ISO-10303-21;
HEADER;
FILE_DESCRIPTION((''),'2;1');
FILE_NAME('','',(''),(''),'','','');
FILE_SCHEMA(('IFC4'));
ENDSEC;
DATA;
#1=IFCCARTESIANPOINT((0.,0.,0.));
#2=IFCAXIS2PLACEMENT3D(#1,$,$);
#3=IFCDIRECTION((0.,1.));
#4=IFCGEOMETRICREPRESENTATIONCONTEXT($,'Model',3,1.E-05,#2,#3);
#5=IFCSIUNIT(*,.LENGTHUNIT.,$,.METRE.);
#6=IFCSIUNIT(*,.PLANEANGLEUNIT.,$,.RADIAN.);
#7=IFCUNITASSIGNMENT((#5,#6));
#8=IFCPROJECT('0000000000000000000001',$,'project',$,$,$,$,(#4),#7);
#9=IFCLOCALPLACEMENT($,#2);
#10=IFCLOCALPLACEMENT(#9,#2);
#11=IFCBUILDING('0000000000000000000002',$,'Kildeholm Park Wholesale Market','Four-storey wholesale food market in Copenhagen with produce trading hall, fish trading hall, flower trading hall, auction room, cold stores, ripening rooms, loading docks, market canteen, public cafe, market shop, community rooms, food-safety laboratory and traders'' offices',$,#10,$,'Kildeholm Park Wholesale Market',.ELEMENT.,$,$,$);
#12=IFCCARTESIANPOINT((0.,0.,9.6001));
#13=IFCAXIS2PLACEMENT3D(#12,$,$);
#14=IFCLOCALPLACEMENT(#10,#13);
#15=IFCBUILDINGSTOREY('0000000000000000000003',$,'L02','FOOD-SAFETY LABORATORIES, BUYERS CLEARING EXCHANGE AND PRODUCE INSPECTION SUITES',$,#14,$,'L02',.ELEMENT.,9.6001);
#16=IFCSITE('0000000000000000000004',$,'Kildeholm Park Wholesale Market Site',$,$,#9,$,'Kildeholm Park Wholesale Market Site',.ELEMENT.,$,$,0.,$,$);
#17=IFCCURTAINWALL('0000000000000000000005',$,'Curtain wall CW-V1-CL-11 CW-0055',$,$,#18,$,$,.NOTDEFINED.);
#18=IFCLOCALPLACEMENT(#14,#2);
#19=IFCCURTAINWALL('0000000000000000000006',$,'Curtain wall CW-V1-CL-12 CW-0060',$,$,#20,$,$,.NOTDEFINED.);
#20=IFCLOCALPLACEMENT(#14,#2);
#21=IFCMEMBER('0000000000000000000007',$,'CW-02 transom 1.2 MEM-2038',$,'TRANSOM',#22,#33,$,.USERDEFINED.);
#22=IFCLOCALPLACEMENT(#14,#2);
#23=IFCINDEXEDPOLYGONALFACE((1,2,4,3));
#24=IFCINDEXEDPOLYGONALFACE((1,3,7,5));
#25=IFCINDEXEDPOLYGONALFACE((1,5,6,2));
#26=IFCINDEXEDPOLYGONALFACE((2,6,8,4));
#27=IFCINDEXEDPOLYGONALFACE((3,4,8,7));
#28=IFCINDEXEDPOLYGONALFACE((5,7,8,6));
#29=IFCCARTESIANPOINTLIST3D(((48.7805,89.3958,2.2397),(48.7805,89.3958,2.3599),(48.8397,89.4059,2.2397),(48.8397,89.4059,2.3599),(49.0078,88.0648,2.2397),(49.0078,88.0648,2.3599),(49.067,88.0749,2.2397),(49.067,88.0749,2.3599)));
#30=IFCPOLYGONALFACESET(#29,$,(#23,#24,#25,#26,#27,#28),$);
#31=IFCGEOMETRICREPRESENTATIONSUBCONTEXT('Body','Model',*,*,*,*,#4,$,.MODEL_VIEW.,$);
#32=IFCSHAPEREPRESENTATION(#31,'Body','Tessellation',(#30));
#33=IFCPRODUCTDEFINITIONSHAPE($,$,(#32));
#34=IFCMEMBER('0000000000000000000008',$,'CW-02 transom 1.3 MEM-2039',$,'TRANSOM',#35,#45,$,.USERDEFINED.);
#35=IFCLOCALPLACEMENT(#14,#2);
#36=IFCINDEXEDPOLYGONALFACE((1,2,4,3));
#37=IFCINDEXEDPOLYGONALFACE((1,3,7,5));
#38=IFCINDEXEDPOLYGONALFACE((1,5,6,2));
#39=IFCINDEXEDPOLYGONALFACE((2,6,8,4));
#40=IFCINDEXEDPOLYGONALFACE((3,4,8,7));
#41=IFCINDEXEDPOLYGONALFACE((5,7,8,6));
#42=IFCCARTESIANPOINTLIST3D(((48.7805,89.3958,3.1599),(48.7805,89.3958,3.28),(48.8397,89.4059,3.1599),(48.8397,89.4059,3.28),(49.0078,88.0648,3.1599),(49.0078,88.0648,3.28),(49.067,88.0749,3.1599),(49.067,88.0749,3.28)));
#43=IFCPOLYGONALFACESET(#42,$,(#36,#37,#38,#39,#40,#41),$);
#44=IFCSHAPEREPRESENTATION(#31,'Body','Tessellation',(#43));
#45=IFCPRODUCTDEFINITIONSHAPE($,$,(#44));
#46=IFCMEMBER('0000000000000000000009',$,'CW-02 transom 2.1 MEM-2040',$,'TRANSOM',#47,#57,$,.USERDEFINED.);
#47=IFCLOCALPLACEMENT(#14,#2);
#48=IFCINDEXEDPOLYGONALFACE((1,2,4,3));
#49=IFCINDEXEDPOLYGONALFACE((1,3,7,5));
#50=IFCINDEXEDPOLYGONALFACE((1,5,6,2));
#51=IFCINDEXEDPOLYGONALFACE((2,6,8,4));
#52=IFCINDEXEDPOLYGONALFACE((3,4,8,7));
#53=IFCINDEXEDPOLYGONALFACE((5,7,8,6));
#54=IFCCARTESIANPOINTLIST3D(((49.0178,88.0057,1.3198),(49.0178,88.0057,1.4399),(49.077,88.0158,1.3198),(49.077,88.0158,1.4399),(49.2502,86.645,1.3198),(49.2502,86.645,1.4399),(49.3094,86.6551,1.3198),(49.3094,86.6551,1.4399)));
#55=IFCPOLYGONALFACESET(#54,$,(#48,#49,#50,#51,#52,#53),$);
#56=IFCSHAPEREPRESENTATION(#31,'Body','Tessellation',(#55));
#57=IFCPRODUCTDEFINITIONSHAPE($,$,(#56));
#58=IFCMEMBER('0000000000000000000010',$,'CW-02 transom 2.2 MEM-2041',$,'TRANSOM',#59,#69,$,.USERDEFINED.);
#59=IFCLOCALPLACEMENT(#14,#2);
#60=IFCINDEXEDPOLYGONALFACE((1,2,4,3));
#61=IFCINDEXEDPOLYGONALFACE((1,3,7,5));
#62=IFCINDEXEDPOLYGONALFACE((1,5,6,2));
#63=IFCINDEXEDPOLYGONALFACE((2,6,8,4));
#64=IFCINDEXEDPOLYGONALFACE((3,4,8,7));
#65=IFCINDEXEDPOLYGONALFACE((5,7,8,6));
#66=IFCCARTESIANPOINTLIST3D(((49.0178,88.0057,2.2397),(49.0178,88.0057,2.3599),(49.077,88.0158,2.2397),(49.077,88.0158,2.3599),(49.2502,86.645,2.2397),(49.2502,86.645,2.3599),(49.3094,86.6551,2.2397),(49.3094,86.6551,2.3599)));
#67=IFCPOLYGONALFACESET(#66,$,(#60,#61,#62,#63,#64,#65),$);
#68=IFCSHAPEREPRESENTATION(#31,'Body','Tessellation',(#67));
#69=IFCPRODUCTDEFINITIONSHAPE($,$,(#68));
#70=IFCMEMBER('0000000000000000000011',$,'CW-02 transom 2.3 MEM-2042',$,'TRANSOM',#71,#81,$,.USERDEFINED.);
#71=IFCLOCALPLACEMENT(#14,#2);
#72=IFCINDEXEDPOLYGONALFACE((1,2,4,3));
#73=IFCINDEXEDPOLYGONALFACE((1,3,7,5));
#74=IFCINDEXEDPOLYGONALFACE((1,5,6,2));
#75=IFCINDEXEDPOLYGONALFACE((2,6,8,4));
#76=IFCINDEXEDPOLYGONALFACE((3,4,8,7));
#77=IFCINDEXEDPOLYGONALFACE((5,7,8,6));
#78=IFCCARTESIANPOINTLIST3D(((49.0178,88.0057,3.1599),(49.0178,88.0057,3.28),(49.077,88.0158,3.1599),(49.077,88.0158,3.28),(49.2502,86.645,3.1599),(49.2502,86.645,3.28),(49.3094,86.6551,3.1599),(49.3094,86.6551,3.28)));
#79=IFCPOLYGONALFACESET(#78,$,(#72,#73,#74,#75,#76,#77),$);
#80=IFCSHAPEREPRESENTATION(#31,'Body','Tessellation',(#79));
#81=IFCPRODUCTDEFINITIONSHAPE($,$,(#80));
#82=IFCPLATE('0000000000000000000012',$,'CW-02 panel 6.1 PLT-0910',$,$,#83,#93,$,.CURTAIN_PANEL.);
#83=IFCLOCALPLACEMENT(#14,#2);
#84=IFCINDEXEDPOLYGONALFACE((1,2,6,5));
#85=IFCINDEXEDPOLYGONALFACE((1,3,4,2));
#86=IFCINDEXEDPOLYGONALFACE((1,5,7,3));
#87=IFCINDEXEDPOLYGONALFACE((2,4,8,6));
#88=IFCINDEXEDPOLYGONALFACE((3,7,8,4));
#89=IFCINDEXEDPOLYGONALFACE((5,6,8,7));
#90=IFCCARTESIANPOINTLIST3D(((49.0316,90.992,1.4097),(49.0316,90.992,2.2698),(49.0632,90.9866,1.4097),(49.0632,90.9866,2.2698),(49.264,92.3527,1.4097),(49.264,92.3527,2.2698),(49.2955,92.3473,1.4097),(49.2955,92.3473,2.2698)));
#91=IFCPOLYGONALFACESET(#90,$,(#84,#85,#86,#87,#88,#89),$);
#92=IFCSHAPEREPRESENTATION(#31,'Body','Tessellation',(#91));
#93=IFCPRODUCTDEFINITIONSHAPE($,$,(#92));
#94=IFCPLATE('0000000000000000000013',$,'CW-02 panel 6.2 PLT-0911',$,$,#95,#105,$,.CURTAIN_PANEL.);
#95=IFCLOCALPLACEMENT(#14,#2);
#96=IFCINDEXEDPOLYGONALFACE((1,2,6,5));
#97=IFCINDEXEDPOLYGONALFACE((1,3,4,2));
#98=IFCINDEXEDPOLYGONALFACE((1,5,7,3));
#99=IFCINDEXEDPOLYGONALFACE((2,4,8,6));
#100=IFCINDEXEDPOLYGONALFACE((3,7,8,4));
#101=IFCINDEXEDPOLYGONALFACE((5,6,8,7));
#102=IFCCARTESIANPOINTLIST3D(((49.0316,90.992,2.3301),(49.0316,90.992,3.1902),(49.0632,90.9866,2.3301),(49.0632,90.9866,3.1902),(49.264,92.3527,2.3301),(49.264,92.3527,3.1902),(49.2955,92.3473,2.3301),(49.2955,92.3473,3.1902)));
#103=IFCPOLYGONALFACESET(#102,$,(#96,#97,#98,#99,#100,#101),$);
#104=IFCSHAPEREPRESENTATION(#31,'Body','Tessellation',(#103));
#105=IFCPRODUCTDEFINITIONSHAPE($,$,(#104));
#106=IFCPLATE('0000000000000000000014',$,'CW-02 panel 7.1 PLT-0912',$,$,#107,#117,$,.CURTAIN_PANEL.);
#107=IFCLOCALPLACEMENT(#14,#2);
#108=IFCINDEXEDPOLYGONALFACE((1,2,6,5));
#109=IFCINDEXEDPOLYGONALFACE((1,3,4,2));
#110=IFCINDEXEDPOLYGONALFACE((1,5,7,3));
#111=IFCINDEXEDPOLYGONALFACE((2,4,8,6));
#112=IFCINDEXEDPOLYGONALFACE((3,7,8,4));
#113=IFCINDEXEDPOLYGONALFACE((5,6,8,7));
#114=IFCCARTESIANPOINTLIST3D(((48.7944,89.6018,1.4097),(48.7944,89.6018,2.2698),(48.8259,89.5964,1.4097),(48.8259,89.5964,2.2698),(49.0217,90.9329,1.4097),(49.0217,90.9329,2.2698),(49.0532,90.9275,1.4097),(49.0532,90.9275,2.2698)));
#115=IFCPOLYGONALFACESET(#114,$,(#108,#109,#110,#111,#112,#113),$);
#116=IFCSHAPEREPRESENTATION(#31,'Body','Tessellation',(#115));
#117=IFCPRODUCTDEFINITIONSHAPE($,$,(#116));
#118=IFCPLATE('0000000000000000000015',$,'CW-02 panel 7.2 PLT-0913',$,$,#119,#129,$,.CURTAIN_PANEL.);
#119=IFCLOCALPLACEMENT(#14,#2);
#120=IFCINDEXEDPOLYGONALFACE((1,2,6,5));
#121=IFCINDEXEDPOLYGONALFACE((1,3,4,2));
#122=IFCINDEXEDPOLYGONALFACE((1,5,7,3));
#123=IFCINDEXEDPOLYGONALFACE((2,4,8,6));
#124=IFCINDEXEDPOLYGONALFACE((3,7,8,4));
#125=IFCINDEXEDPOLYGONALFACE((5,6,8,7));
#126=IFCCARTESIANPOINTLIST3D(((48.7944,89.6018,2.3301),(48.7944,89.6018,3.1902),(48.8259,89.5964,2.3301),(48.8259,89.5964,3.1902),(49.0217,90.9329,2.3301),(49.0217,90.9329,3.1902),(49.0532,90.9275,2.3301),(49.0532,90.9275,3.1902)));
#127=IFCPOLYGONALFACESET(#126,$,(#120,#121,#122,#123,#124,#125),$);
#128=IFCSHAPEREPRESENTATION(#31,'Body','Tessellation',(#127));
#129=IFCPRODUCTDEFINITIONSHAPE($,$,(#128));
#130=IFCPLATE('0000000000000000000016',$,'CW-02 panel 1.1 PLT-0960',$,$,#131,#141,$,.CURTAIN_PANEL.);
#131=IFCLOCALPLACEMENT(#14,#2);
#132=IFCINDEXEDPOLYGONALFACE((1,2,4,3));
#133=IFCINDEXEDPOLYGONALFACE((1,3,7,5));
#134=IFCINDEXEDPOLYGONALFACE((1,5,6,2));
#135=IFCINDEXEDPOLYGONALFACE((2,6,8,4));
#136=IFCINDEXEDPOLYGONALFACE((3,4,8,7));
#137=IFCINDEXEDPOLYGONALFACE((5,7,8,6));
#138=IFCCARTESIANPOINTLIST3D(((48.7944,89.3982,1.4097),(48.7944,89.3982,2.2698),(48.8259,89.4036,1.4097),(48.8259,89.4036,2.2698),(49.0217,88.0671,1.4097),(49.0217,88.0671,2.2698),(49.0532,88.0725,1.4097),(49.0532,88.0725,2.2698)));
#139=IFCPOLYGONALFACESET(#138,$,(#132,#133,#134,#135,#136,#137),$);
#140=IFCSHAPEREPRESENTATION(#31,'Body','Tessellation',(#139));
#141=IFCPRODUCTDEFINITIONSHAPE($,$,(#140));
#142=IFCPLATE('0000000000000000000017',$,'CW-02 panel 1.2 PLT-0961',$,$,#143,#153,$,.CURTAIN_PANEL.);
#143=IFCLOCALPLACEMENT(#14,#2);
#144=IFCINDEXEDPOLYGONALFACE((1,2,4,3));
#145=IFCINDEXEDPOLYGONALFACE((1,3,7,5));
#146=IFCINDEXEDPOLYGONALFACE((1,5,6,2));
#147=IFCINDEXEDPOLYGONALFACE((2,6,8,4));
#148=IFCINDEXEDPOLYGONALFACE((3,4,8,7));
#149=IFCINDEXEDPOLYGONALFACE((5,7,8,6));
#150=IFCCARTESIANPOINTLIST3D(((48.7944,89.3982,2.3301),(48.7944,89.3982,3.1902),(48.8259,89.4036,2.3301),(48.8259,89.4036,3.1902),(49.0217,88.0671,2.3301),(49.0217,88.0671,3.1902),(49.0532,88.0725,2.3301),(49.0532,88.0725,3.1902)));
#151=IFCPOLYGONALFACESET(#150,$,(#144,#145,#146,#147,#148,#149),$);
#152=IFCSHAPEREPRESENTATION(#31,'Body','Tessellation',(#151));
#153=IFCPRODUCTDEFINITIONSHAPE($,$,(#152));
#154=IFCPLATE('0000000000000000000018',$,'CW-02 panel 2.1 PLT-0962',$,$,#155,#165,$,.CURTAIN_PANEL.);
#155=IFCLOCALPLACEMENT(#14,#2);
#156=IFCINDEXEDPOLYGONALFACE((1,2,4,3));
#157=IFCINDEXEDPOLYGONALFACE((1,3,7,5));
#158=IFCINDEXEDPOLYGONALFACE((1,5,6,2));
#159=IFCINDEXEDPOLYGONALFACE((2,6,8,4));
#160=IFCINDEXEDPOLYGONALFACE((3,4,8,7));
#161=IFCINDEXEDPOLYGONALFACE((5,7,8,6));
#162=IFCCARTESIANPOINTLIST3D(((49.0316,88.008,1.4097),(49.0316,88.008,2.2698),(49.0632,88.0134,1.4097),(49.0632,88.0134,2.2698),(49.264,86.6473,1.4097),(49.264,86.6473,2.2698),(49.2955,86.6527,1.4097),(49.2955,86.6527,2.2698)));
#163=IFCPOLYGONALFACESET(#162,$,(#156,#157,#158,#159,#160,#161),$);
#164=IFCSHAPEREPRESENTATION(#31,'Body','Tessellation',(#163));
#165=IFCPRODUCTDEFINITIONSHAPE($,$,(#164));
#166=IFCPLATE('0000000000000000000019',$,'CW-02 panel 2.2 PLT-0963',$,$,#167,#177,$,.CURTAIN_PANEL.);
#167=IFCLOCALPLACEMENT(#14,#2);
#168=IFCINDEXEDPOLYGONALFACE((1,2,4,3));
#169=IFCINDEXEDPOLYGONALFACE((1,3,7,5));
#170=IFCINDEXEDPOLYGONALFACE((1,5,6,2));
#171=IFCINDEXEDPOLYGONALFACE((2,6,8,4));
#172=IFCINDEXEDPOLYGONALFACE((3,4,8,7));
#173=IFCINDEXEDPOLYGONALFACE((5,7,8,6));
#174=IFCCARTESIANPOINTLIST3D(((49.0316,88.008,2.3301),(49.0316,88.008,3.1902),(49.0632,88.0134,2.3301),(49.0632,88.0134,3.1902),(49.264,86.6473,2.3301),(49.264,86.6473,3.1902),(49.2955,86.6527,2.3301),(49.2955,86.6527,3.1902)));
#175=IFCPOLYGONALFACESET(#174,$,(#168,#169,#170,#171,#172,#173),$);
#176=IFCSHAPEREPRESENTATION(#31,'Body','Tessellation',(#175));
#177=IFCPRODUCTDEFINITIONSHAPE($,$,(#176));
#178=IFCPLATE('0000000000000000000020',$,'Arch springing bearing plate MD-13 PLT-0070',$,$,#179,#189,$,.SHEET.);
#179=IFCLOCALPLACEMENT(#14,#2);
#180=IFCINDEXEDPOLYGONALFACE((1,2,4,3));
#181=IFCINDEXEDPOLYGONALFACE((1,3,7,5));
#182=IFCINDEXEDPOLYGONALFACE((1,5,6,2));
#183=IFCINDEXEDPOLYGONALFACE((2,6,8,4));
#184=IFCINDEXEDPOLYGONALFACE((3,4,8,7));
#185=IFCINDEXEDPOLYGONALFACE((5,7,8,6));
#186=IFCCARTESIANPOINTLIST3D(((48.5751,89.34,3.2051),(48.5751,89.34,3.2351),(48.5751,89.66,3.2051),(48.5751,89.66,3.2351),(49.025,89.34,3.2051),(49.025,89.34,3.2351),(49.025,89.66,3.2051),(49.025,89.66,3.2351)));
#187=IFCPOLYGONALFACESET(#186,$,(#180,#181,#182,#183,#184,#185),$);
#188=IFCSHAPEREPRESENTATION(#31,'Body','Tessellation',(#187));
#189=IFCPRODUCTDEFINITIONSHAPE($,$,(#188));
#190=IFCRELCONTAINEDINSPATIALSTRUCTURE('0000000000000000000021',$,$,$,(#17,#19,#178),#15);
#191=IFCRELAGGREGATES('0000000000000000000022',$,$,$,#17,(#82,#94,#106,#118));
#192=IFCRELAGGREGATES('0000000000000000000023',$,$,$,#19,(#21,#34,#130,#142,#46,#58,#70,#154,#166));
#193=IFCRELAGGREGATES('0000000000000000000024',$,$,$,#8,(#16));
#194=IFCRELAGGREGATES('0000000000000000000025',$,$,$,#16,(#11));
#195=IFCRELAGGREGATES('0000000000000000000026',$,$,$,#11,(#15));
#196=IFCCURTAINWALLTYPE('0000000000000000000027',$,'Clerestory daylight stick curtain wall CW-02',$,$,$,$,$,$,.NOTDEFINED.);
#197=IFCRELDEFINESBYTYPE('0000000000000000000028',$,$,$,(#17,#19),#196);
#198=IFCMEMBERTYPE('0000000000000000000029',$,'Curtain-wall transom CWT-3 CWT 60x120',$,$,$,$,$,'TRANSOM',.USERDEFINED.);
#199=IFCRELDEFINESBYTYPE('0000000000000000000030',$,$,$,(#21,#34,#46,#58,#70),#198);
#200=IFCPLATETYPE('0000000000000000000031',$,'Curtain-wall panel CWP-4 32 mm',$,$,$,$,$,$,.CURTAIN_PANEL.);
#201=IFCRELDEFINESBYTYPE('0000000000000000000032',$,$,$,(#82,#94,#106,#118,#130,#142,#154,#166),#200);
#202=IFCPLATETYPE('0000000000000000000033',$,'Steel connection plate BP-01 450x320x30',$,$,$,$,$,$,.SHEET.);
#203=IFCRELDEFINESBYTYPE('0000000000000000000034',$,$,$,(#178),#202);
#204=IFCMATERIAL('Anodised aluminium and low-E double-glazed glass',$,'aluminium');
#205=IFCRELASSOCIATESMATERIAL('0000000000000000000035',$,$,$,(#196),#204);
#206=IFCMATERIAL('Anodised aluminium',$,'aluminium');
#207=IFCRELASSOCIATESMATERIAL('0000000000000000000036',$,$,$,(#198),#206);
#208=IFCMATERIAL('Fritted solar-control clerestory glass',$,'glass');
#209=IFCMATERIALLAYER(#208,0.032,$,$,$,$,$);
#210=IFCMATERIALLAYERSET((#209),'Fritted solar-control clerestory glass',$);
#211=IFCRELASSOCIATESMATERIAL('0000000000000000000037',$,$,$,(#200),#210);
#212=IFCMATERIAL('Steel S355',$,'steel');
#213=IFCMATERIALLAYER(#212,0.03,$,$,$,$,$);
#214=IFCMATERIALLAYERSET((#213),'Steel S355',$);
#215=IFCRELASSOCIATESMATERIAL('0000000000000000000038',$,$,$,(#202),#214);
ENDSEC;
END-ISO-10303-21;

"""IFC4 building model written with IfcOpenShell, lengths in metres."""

from ifc_helpers import new_model, si_unit, direction, frame, origin, origin_2d, place, context, subcontext, project, spatial, rectangle, extrude, material, layer, layer_set, material_profile, profile_set, type_object, element, aggregate, save


model = new_model("IFC4")

# Units and contexts
model_context = context("Model", 3, precision=1e-05, world=origin(), true_north=direction((0.0, 1.0)))
body_context = subcontext(model_context, "Body", "Model", "MODEL_VIEW")
ifc_project = project(units=[si_unit("LENGTHUNIT", "METRE"), si_unit("PLANEANGLEUNIT", "RADIAN")], contexts=[model_context])

# Site, building, storey
site_placement = place(None, origin())
site = spatial("IfcSite", under=ifc_project, at=site_placement, Name="Kildeholm Park Wholesale Market Site", LongName="Kildeholm Park Wholesale Market Site", CompositionType="ELEMENT", RefElevation=0.0)
building_placement = place(site_placement, origin())
building = spatial("IfcBuilding", under=site, at=building_placement, Name="Kildeholm Park Wholesale Market", Description="Four-storey wholesale food market in Copenhagen with produce trading hall, fish trading hall, flower trading hall, auction room, cold stores, ripening rooms, loading docks, market canteen, public cafe, market shop, community rooms, food-safety laboratory and traders' offices", LongName="Kildeholm Park Wholesale Market", CompositionType="ELEMENT")
storey_placement = place(building_placement, frame((0.0, 0.0, 9.6001)))
storey = spatial("IfcBuildingStorey", under=building, at=storey_placement, Name="L02", Description="FOOD-SAFETY LABORATORIES, BUYERS CLEARING EXCHANGE AND PRODUCE INSPECTION SUITES", LongName="L02", CompositionType="ELEMENT", Elevation=9.6001)

# Shared definitions
ifc_material_1 = material(Name="Steel S355", Category="steel")

# Curtain walls
ifc_material_2 = material(Name="Anodised aluminium and low-E double-glazed glass", Category="aluminium")
curtain_wall_type = type_object("IfcCurtainWallType", Name="Clerestory daylight stick curtain wall CW-02", PredefinedType="NOTDEFINED", material=ifc_material_2)
curtain_wall_1_placement = place(storey_placement, origin())
curtain_wall_1 = element("IfcCurtainWall", 1, at=curtain_wall_1_placement, inside=storey, type_object=curtain_wall_type, Name="Curtain wall CW-V1-CL-11 CW-0055", PredefinedType="NOTDEFINED")
ifc_material_3 = material(Name="Anodised aluminium", Category="aluminium")
curtain_wall_2_placement = place(storey_placement, origin())
curtain_wall_2 = element("IfcCurtainWall", 2, at=curtain_wall_2_placement, inside=storey, type_object=curtain_wall_type, Name="Curtain wall CW-V1-CL-12 CW-0060", PredefinedType="NOTDEFINED")

# Members
ifc_material_profile_1 = material_profile(ifc_material_3, rectangle(XDim=0.0601, YDim=0.1201, at=origin_2d()), Name="CWT 60x120")
ifc_profile_set_1 = profile_set([ifc_material_profile_1], Name="Anodised aluminium")
member_type_1 = type_object("IfcMemberType", Name="Curtain-wall transom CWT-3 CWT 60x120", ElementType="TRANSOM", PredefinedType="USERDEFINED", material=ifc_profile_set_1)
member_1_placement = place(storey_placement, frame((48.8101, 89.4009, 2.2998), z_axis=(0.168326, -0.985731, 0.0), x_axis=(0.985731, 0.168326, 0.0)))
member_1 = element("IfcMember", 3, at=member_1_placement, type_object=member_type_1, Name="CW-02 transom 1.2 MEM-2038", ObjectType="TRANSOM", PredefinedType="USERDEFINED", context=body_context, shape_type="SweptSolid", body=[
    extrude(rectangle(XDim=0.0601, YDim=0.1201, at=origin_2d()), origin(), (0.0, 0.0, 1.0), 1.3503),
])
member_2_placement = place(storey_placement, frame((48.8101, 89.4009, 3.22), z_axis=(0.168326, -0.985731, 0.0), x_axis=(0.985731, 0.168326, 0.0)))
member_2 = element("IfcMember", 4, at=member_2_placement, type_object=member_type_1, Name="CW-02 transom 1.3 MEM-2039", ObjectType="TRANSOM", PredefinedType="USERDEFINED", context=body_context, shape_type="SweptSolid", body=[
    extrude(rectangle(XDim=0.0601, YDim=0.1201, at=origin_2d()), origin(), (0.0, 0.0, 1.0), 1.3503),
])
member_3_placement = place(storey_placement, frame((49.0474, 88.0107, 1.3799), z_axis=(0.168384, -0.985721, 0.0), x_axis=(0.985721, 0.168384, 0.0)))
member_3 = element("IfcMember", 5, at=member_3_placement, type_object=member_type_1, Name="CW-02 transom 2.1 MEM-2040", ObjectType="TRANSOM", PredefinedType="USERDEFINED", context=body_context, shape_type="SweptSolid", body=[
    extrude(rectangle(XDim=0.0601, YDim=0.1201, at=origin_2d()), origin(), (0.0, 0.0, 1.0), 1.3804),
])
member_4_placement = place(storey_placement, frame((49.0474, 88.0107, 2.2998), z_axis=(0.168384, -0.985721, 0.0), x_axis=(0.985721, 0.168384, 0.0)))
member_4 = element("IfcMember", 6, at=member_4_placement, type_object=member_type_1, Name="CW-02 transom 2.2 MEM-2041", ObjectType="TRANSOM", PredefinedType="USERDEFINED", context=body_context, shape_type="SweptSolid", body=[
    extrude(rectangle(XDim=0.0601, YDim=0.1201, at=origin_2d()), origin(), (0.0, 0.0, 1.0), 1.3804),
])
member_5_placement = place(storey_placement, frame((49.0474, 88.0107, 3.22), z_axis=(0.168384, -0.985721, 0.0), x_axis=(0.985721, 0.168384, 0.0)))
member_5 = element("IfcMember", 7, at=member_5_placement, type_object=member_type_1, Name="CW-02 transom 2.3 MEM-2042", ObjectType="TRANSOM", PredefinedType="USERDEFINED", context=body_context, shape_type="SweptSolid", body=[
    extrude(rectangle(XDim=0.0601, YDim=0.1201, at=origin_2d()), origin(), (0.0, 0.0, 1.0), 1.3804),
])

# Plates
ifc_material_4 = material(Name="Fritted solar-control clerestory glass", Category="glass")
ifc_layer_1 = layer(ifc_material_4, 0.032)
ifc_layer_set_1 = layer_set([ifc_layer_1], Name="Fritted solar-control clerestory glass")
plate_type_1 = type_object("IfcPlateType", Name="Curtain-wall panel CWP-4 32 mm", PredefinedType="CURTAIN_PANEL", material=ifc_layer_set_1)
plate_1_placement = place(storey_placement, frame((49.1636, 91.6697, 1.4097), z_axis=(0.0, 0.0, 1.0), x_axis=(-0.168322, -0.985732, 0.0)))
plate_1 = element("IfcPlate", 8, at=plate_1_placement, type_object=plate_type_1, Name="CW-02 panel 6.1 PLT-0910", PredefinedType="CURTAIN_PANEL", context=body_context, shape_type="SweptSolid", body=[
    extrude(rectangle(XDim=1.3804, YDim=0.032, at=origin_2d()), origin(), (0.0, 0.0, 1.0), 0.8601),
])
plate_2_placement = place(storey_placement, frame((49.1636, 91.6697, 2.3301), z_axis=(0.0, 0.0, 1.0), x_axis=(-0.168322, -0.985732, 0.0)))
plate_2 = element("IfcPlate", 9, at=plate_2_placement, type_object=plate_type_1, Name="CW-02 panel 6.2 PLT-0911", PredefinedType="CURTAIN_PANEL", context=body_context, shape_type="SweptSolid", body=[
    extrude(rectangle(XDim=1.3804, YDim=0.032, at=origin_2d()), origin(), (0.0, 0.0, 1.0), 0.8601),
])
plate_3_placement = place(storey_placement, frame((48.9238, 90.2646, 1.4097), z_axis=(0.0, 0.0, 1.0), x_axis=(-0.168322, -0.985732, 0.0)))
plate_3 = element("IfcPlate", 10, at=plate_3_placement, type_object=plate_type_1, Name="CW-02 panel 7.1 PLT-0912", PredefinedType="CURTAIN_PANEL", context=body_context, shape_type="SweptSolid", body=[
    extrude(rectangle(XDim=1.3503, YDim=0.032, at=origin_2d()), origin(), (0.0, 0.0, 1.0), 0.8601),
])
plate_4_placement = place(storey_placement, frame((48.9238, 90.2646, 2.3301), z_axis=(0.0, 0.0, 1.0), x_axis=(-0.168322, -0.985732, 0.0)))
plate_4 = element("IfcPlate", 11, at=plate_4_placement, type_object=plate_type_1, Name="CW-02 panel 7.2 PLT-0913", PredefinedType="CURTAIN_PANEL", context=body_context, shape_type="SweptSolid", body=[
    extrude(rectangle(XDim=1.3503, YDim=0.032, at=origin_2d()), origin(), (0.0, 0.0, 1.0), 0.8601),
])
aggregate(curtain_wall_1, [plate_1, plate_2, plate_3, plate_4])
plate_5_placement = place(storey_placement, frame((48.9238, 88.7354, 1.4097), z_axis=(0.0, 0.0, 1.0), x_axis=(0.168322, -0.985732, 0.0)))
plate_5 = element("IfcPlate", 12, at=plate_5_placement, type_object=plate_type_1, Name="CW-02 panel 1.1 PLT-0960", PredefinedType="CURTAIN_PANEL", context=body_context, shape_type="SweptSolid", body=[
    extrude(rectangle(XDim=1.3503, YDim=0.032, at=origin_2d()), origin(), (0.0, 0.0, 1.0), 0.8601),
])
plate_6_placement = place(storey_placement, frame((48.9238, 88.7354, 2.3301), z_axis=(0.0, 0.0, 1.0), x_axis=(0.168322, -0.985732, 0.0)))
plate_6 = element("IfcPlate", 13, at=plate_6_placement, type_object=plate_type_1, Name="CW-02 panel 1.2 PLT-0961", PredefinedType="CURTAIN_PANEL", context=body_context, shape_type="SweptSolid", body=[
    extrude(rectangle(XDim=1.3503, YDim=0.032, at=origin_2d()), origin(), (0.0, 0.0, 1.0), 0.8601),
])
plate_7_placement = place(storey_placement, frame((49.1636, 87.3303, 1.4097), z_axis=(0.0, 0.0, 1.0), x_axis=(0.168322, -0.985732, 0.0)))
plate_7 = element("IfcPlate", 14, at=plate_7_placement, type_object=plate_type_1, Name="CW-02 panel 2.1 PLT-0962", PredefinedType="CURTAIN_PANEL", context=body_context, shape_type="SweptSolid", body=[
    extrude(rectangle(XDim=1.3804, YDim=0.032, at=origin_2d()), origin(), (0.0, 0.0, 1.0), 0.8601),
])
plate_8_placement = place(storey_placement, frame((49.1636, 87.3303, 2.3301), z_axis=(0.0, 0.0, 1.0), x_axis=(0.168322, -0.985732, 0.0)))
plate_8 = element("IfcPlate", 15, at=plate_8_placement, type_object=plate_type_1, Name="CW-02 panel 2.2 PLT-0963", PredefinedType="CURTAIN_PANEL", context=body_context, shape_type="SweptSolid", body=[
    extrude(rectangle(XDim=1.3804, YDim=0.032, at=origin_2d()), origin(), (0.0, 0.0, 1.0), 0.8601),
])
aggregate(curtain_wall_2, [member_1, member_2, plate_5, plate_6, member_3, member_4, member_5, plate_7, plate_8])
ifc_layer_2 = layer(ifc_material_1, 0.03)
ifc_layer_set_2 = layer_set([ifc_layer_2], Name="Steel S355")
plate_type_2 = type_object("IfcPlateType", Name="Steel connection plate BP-01 450x320x30", PredefinedType="SHEET", material=ifc_layer_set_2)
plate_9_placement = place(storey_placement, frame((48.8, 89.5, 3.2051), z_axis=(0.0, 0.0, 1.0), x_axis=(-1.0, 0.0, 0.0)))
element("IfcPlate", 16, at=plate_9_placement, inside=storey, type_object=plate_type_2, Name="Arch springing bearing plate MD-13 PLT-0070", PredefinedType="SHEET", context=body_context, shape_type="SweptSolid", body=[
    extrude(rectangle(XDim=0.45, YDim=0.3201, at=origin_2d()), origin(), (0.0, 0.0, 1.0), 0.03),
])

save(model, "model.ifc")
